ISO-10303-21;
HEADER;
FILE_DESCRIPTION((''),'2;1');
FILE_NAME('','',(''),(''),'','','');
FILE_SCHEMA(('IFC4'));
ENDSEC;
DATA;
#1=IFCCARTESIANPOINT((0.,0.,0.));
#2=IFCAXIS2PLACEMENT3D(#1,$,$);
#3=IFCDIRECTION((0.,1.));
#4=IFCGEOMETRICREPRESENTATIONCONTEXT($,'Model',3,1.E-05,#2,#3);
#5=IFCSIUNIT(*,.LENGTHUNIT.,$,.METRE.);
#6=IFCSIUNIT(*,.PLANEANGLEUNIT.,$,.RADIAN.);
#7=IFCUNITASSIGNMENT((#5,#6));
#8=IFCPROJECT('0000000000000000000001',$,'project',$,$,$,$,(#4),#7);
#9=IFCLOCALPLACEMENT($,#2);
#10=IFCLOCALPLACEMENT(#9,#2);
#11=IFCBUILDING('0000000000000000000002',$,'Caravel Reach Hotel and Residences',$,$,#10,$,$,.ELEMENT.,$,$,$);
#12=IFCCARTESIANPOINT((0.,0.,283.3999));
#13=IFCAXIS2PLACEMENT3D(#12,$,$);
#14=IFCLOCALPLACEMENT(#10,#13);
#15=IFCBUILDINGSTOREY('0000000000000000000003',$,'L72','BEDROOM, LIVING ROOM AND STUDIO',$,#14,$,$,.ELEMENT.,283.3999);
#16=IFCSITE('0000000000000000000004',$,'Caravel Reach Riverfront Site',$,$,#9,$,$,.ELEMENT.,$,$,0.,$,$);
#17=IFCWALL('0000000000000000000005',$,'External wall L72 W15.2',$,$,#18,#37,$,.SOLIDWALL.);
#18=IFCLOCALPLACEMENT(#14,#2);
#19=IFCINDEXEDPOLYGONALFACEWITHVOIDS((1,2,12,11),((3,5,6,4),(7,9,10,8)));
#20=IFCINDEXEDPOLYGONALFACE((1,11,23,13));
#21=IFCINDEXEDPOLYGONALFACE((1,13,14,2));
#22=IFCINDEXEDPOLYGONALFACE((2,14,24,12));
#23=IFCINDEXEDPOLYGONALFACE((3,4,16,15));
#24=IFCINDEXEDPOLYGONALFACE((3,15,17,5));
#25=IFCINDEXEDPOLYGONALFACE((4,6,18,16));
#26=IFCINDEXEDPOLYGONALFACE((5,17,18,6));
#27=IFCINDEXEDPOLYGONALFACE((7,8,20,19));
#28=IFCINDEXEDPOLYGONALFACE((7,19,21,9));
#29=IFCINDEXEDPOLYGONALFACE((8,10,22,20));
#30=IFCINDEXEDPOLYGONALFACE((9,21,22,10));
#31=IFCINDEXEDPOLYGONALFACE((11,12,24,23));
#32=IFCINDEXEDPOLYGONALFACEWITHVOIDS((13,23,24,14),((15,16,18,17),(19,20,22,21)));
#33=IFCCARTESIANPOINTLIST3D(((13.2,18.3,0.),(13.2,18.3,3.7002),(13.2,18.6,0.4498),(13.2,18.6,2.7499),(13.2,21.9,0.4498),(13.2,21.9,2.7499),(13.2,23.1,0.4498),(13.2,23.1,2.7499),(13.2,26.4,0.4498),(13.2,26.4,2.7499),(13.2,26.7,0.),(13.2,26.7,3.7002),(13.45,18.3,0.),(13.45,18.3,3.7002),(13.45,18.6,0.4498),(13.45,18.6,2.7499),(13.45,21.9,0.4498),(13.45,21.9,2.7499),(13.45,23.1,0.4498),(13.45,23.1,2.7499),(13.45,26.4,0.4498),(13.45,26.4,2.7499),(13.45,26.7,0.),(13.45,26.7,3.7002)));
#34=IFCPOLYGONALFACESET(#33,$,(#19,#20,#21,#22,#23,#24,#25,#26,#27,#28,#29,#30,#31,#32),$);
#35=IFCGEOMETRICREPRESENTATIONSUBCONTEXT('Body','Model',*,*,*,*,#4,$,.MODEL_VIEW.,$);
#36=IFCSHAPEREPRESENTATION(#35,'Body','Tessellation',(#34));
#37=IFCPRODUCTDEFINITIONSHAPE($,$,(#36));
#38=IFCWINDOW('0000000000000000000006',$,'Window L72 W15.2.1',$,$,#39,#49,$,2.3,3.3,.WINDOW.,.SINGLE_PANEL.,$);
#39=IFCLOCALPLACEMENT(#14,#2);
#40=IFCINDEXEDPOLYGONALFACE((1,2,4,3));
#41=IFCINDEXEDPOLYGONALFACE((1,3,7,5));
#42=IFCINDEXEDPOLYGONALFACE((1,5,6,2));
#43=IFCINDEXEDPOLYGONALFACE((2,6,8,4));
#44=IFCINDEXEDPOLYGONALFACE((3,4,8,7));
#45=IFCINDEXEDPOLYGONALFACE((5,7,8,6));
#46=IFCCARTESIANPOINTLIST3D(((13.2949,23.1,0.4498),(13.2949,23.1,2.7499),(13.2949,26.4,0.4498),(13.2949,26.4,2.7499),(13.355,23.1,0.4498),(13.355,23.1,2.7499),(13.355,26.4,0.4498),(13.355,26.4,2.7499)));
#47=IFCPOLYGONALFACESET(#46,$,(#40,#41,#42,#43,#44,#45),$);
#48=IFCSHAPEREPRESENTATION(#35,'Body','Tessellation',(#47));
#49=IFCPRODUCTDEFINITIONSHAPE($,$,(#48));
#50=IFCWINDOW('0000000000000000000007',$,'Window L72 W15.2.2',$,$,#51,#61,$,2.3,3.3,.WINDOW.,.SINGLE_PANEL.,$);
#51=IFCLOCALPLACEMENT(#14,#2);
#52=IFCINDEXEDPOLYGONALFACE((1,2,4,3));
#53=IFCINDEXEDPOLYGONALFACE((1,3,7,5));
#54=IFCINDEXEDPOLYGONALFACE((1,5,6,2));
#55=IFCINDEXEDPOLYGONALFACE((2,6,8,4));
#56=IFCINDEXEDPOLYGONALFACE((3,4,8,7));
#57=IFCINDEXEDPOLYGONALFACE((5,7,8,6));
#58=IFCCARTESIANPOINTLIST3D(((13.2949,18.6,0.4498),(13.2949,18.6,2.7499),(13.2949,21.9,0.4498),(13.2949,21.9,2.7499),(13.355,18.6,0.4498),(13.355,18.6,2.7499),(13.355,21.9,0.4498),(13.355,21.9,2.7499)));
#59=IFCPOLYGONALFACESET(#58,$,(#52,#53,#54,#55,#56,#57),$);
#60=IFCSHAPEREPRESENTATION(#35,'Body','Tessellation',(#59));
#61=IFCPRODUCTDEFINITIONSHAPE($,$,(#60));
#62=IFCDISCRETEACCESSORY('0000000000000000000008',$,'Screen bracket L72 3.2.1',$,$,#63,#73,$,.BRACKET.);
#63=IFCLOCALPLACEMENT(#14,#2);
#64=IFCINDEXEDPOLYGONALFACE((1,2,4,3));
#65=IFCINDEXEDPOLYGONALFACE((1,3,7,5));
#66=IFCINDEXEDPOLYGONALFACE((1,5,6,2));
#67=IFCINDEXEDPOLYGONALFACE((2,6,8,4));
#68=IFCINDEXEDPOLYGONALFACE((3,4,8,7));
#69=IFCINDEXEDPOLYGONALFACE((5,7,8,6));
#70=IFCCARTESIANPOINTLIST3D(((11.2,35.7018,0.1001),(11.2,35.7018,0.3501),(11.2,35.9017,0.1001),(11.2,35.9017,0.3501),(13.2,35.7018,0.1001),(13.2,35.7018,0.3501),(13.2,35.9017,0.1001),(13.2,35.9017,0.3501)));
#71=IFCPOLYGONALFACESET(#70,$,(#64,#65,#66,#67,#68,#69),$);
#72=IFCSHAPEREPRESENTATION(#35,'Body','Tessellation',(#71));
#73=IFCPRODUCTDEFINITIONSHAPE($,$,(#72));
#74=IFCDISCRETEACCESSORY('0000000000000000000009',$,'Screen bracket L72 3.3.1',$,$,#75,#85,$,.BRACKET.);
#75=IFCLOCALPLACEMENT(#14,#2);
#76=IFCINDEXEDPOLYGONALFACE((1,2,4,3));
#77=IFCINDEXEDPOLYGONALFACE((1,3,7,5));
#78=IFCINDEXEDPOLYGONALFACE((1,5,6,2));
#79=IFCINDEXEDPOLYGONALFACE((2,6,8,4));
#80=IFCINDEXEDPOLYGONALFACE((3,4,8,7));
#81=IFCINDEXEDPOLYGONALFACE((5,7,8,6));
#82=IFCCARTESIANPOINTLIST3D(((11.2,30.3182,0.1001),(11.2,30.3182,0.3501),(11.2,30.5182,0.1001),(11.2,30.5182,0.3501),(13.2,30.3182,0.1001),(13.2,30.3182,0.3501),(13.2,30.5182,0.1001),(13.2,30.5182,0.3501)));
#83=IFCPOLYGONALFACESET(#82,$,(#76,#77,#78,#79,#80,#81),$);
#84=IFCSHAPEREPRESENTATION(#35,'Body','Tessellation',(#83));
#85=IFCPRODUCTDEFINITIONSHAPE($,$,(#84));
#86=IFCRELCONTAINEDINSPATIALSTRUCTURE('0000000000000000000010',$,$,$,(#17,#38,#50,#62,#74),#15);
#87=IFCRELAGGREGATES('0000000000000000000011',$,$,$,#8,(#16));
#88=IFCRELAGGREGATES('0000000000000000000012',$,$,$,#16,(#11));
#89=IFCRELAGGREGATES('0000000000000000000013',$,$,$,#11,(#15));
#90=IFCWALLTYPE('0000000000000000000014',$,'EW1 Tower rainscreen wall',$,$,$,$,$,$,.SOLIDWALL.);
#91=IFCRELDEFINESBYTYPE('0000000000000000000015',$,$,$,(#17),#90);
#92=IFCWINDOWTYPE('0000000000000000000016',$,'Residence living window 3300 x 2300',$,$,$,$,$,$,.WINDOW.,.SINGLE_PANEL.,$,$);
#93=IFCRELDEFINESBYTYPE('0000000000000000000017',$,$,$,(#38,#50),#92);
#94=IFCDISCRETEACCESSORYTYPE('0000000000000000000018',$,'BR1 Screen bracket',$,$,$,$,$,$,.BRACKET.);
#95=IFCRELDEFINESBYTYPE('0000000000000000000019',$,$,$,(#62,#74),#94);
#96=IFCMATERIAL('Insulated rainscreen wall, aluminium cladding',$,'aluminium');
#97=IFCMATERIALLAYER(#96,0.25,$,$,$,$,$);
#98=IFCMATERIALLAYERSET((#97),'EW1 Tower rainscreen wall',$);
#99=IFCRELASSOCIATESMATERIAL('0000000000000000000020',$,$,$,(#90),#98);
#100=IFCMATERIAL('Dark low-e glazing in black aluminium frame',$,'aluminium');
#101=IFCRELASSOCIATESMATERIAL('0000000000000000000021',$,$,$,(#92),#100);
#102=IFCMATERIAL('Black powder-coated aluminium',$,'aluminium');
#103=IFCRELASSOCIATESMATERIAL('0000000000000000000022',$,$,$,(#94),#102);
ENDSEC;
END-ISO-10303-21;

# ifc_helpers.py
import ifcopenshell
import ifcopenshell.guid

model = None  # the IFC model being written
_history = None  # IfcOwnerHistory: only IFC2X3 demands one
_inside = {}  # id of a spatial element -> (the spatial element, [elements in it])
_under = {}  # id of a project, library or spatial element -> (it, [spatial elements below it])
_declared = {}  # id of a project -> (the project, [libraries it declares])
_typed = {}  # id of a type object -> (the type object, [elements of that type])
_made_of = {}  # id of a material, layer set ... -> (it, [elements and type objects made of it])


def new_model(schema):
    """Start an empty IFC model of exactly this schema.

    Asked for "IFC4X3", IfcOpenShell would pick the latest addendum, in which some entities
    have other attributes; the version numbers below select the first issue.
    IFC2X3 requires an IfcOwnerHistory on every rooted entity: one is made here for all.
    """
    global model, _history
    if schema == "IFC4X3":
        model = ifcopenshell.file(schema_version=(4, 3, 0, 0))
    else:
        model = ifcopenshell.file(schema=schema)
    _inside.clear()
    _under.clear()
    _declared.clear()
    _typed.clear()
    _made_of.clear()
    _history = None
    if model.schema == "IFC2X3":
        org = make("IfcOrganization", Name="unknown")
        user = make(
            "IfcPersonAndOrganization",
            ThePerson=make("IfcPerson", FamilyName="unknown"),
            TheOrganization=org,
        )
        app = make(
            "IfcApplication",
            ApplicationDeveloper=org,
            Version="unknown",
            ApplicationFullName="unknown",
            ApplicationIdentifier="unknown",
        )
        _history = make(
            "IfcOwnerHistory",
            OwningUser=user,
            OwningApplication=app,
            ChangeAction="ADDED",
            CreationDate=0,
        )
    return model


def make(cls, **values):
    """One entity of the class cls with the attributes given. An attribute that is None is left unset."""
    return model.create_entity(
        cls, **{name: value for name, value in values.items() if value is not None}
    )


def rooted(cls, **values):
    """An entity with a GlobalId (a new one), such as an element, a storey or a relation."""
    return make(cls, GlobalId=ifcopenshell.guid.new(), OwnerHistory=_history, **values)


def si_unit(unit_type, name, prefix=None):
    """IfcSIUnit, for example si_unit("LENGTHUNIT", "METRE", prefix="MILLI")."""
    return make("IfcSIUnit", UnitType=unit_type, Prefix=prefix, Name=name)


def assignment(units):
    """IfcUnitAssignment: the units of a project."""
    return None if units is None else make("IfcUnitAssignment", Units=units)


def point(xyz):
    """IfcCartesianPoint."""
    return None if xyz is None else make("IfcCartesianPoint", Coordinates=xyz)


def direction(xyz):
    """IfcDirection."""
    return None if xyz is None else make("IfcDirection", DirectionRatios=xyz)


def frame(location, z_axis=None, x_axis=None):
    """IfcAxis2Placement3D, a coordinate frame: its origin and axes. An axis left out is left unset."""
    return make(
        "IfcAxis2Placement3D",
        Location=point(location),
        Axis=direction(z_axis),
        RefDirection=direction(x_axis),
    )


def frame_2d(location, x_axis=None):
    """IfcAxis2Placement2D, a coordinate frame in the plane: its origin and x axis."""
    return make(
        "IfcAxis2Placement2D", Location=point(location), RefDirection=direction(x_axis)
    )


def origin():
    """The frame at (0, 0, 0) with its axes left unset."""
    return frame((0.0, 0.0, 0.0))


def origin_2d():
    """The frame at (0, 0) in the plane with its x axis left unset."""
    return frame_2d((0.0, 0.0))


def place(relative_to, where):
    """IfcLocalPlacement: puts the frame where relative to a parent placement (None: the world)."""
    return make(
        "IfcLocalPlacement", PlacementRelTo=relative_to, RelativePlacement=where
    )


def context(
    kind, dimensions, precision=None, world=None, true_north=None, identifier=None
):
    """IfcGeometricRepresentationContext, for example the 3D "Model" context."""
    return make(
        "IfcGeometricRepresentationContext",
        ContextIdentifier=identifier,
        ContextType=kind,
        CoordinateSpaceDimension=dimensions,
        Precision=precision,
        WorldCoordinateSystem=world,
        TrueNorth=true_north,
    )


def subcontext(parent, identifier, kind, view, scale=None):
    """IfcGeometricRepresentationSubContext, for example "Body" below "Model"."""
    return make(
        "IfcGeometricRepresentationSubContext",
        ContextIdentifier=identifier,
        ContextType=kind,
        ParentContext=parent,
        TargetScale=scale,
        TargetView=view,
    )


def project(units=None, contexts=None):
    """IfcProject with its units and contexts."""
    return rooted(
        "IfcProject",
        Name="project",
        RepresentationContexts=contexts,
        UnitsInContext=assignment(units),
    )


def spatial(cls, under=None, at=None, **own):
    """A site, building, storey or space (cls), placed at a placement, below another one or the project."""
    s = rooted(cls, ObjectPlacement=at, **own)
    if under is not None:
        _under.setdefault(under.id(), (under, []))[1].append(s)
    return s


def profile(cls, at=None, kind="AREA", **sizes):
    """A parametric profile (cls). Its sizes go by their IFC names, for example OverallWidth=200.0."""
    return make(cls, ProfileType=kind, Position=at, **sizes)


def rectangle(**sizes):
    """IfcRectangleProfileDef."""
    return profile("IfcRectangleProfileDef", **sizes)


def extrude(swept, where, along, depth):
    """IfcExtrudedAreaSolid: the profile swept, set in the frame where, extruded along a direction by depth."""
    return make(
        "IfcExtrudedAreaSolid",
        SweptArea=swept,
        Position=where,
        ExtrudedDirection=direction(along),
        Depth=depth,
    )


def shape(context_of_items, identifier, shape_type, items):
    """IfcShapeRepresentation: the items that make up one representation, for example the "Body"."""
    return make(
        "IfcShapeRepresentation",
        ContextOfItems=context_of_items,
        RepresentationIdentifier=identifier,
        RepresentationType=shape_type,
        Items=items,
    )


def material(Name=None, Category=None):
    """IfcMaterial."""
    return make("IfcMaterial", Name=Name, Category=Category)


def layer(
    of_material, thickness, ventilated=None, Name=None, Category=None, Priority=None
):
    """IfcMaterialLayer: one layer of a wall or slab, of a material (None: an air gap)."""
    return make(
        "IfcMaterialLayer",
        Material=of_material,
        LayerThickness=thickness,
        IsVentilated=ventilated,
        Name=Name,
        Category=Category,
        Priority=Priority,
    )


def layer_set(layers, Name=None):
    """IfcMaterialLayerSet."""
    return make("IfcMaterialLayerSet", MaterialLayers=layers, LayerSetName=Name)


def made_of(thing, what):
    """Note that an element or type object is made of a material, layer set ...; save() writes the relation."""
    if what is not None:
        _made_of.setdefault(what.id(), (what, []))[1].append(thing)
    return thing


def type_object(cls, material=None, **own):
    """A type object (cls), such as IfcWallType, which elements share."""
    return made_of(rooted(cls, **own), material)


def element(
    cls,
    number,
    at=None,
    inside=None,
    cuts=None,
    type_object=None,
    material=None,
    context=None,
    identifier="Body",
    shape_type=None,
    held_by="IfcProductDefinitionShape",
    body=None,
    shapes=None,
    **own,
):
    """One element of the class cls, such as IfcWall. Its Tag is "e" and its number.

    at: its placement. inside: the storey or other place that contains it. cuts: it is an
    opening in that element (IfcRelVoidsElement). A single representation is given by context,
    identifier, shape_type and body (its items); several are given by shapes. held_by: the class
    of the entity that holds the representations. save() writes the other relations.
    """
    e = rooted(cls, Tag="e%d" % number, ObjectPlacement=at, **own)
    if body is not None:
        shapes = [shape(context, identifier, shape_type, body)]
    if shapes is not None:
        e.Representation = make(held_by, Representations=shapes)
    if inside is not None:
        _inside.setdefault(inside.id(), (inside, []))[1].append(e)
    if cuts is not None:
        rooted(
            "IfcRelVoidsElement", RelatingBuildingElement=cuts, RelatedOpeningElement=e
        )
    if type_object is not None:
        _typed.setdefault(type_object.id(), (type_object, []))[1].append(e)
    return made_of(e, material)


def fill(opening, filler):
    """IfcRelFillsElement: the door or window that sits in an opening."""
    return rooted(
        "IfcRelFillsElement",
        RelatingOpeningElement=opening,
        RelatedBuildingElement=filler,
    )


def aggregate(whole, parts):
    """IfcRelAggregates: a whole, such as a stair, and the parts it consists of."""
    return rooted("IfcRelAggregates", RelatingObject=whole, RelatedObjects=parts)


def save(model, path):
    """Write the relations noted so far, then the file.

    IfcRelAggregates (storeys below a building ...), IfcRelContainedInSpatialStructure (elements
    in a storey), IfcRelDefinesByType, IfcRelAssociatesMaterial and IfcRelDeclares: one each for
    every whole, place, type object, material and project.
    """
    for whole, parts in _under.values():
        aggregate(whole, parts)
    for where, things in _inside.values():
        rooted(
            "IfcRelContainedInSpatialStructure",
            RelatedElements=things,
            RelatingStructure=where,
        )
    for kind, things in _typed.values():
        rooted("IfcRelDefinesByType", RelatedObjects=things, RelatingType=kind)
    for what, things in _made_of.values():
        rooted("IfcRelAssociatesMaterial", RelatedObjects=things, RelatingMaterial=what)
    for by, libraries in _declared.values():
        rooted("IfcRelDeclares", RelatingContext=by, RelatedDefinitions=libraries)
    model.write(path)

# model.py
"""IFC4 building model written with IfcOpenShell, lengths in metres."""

from ifc_helpers import new_model, si_unit, direction, frame, frame_2d, origin, origin_2d, place, context, subcontext, project, spatial, rectangle, extrude, material, layer, layer_set, type_object, element, fill, save


model = new_model("IFC4")

# Units and contexts
model_context = context("Model", 3, precision=1e-05, world=origin(), true_north=direction((0.0, 1.0)))
body_context = subcontext(model_context, "Body", "Model", "MODEL_VIEW")
ifc_project = project(units=[si_unit("LENGTHUNIT", "METRE"), si_unit("PLANEANGLEUNIT", "RADIAN")], contexts=[model_context])

# Site, building, storey
site_placement = place(None, origin())
site = spatial("IfcSite", under=ifc_project, at=site_placement, Name="Caravel Reach Riverfront Site", CompositionType="ELEMENT", RefElevation=0.0)
building_placement = place(site_placement, origin())
building = spatial("IfcBuilding", under=site, at=building_placement, Name="Caravel Reach Hotel and Residences", CompositionType="ELEMENT")
storey_placement = place(building_placement, frame((0.0, 0.0, 283.3999)))
storey = spatial("IfcBuildingStorey", under=building, at=storey_placement, Name="L72", Description="BEDROOM, LIVING ROOM AND STUDIO", CompositionType="ELEMENT", Elevation=283.3999)

# Wall, openings, windows
ifc_material_1 = material(Name="Insulated rainscreen wall, aluminium cladding", Category="aluminium")
ifc_layer_1 = layer(ifc_material_1, 0.25)
ifc_layer_set_1 = layer_set([ifc_layer_1], Name="EW1 Tower rainscreen wall")
wall_type_1 = type_object("IfcWallType", Name="EW1 Tower rainscreen wall", PredefinedType="SOLIDWALL", material=ifc_layer_set_1)
ifc_material_2 = material(Name="Dark low-e glazing in black aluminium frame", Category="aluminium")
window_type = type_object("IfcWindowType", Name="Residence living window 3300 x 2300", PartitioningType="SINGLE_PANEL", PredefinedType="WINDOW", material=ifc_material_2)
wall_1_placement = place(storey_placement, frame((13.325, 26.7, 0.0), z_axis=(0.0, 0.0, 1.0), x_axis=(0.0, -1.0, 0.0)))
wall_1 = element("IfcWall", 1, at=wall_1_placement, inside=storey, type_object=wall_type_1, Name="External wall L72 W15.2", PredefinedType="SOLIDWALL", context=body_context, shape_type="SweptSolid", body=[
    extrude(rectangle(XDim=8.3999, YDim=0.25, at=frame_2d((4.2, 0.0))), origin(), (0.0, 0.0, 1.0), 3.7002),
])
opening_1_placement = place(wall_1_placement, frame((0.3, 0.0, 0.45)))
opening_1 = element("IfcOpeningElement", 2, at=opening_1_placement, cuts=wall_1, PredefinedType="OPENING", context=body_context, shape_type="SweptSolid", body=[
    extrude(rectangle(XDim=3.3, YDim=2.3, at=frame_2d((1.6499, 1.1499))), frame((0.0, 0.135, 0.0), z_axis=(0.0, -1.0, 0.0), x_axis=(1.0, 0.0, 0.0)), (0.0, 0.0, 1.0), 0.27),
])
opening_2_placement = place(wall_1_placement, frame((4.8, 0.0, 0.45)))
opening_2 = element("IfcOpeningElement", 3, at=opening_2_placement, cuts=wall_1, PredefinedType="OPENING", context=body_context, shape_type="SweptSolid", body=[
    extrude(rectangle(XDim=3.3, YDim=2.3, at=frame_2d((1.6499, 1.1499))), frame((0.0, 0.135, 0.0), z_axis=(0.0, -1.0, 0.0), x_axis=(1.0, 0.0, 0.0)), (0.0, 0.0, 1.0), 0.27),
])
window_1_placement = place(opening_1_placement, origin())
window_1 = element("IfcWindow", 4, at=window_1_placement, inside=storey, type_object=window_type, Name="Window L72 W15.2.1", OverallHeight=2.3, OverallWidth=3.3, PartitioningType="SINGLE_PANEL", PredefinedType="WINDOW", context=body_context, shape_type="SweptSolid", body=[
    extrude(rectangle(XDim=3.3, YDim=2.3, at=frame_2d((1.6499, 1.1499))), frame((0.0, 0.03, 0.0), z_axis=(0.0, -1.0, 0.0), x_axis=(1.0, 0.0, 0.0)), (0.0, 0.0, 1.0), 0.0601),
])
fill(opening_1, window_1)
window_2_placement = place(opening_2_placement, origin())
window_2 = element("IfcWindow", 5, at=window_2_placement, inside=storey, type_object=window_type, Name="Window L72 W15.2.2", OverallHeight=2.3, OverallWidth=3.3, PartitioningType="SINGLE_PANEL", PredefinedType="WINDOW", context=body_context, shape_type="SweptSolid", body=[
    extrude(rectangle(XDim=3.3, YDim=2.3, at=frame_2d((1.6499, 1.1499))), frame((0.0, 0.03, 0.0), z_axis=(0.0, -1.0, 0.0), x_axis=(1.0, 0.0, 0.0)), (0.0, 0.0, 1.0), 0.0601),
])
fill(opening_2, window_2)

# Discrete accessories
ifc_material_3 = material(Name="Black powder-coated aluminium", Category="aluminium")
discrete_accessory_type = type_object("IfcDiscreteAccessoryType", Name="BR1 Screen bracket", PredefinedType="BRACKET", material=ifc_material_3)
for number, where, z_axis, x_axis, name in (
    (6, (12.2, 35.8018, 0.1001), (0.0, 0.0, 1.0), (-1.0, 0.0, 0.0), "Screen bracket L72 3.2.1"),
    (7, (12.2, 30.4182, 0.1001), (0.0, 0.0, 1.0), (-1.0, 0.0, 0.0), "Screen bracket L72 3.3.1"),
):
    element("IfcDiscreteAccessory", number, at=place(storey_placement, frame(where, z_axis=z_axis, x_axis=x_axis)), inside=storey, type_object=discrete_accessory_type, Name=name, PredefinedType="BRACKET", context=body_context, shape_type="SweptSolid", body=[
        extrude(rectangle(XDim=2.0, YDim=0.2, at=origin_2d()), origin(), (0.0, 0.0, 1.0), 0.25),
    ])

save(model, "model.ifc")
